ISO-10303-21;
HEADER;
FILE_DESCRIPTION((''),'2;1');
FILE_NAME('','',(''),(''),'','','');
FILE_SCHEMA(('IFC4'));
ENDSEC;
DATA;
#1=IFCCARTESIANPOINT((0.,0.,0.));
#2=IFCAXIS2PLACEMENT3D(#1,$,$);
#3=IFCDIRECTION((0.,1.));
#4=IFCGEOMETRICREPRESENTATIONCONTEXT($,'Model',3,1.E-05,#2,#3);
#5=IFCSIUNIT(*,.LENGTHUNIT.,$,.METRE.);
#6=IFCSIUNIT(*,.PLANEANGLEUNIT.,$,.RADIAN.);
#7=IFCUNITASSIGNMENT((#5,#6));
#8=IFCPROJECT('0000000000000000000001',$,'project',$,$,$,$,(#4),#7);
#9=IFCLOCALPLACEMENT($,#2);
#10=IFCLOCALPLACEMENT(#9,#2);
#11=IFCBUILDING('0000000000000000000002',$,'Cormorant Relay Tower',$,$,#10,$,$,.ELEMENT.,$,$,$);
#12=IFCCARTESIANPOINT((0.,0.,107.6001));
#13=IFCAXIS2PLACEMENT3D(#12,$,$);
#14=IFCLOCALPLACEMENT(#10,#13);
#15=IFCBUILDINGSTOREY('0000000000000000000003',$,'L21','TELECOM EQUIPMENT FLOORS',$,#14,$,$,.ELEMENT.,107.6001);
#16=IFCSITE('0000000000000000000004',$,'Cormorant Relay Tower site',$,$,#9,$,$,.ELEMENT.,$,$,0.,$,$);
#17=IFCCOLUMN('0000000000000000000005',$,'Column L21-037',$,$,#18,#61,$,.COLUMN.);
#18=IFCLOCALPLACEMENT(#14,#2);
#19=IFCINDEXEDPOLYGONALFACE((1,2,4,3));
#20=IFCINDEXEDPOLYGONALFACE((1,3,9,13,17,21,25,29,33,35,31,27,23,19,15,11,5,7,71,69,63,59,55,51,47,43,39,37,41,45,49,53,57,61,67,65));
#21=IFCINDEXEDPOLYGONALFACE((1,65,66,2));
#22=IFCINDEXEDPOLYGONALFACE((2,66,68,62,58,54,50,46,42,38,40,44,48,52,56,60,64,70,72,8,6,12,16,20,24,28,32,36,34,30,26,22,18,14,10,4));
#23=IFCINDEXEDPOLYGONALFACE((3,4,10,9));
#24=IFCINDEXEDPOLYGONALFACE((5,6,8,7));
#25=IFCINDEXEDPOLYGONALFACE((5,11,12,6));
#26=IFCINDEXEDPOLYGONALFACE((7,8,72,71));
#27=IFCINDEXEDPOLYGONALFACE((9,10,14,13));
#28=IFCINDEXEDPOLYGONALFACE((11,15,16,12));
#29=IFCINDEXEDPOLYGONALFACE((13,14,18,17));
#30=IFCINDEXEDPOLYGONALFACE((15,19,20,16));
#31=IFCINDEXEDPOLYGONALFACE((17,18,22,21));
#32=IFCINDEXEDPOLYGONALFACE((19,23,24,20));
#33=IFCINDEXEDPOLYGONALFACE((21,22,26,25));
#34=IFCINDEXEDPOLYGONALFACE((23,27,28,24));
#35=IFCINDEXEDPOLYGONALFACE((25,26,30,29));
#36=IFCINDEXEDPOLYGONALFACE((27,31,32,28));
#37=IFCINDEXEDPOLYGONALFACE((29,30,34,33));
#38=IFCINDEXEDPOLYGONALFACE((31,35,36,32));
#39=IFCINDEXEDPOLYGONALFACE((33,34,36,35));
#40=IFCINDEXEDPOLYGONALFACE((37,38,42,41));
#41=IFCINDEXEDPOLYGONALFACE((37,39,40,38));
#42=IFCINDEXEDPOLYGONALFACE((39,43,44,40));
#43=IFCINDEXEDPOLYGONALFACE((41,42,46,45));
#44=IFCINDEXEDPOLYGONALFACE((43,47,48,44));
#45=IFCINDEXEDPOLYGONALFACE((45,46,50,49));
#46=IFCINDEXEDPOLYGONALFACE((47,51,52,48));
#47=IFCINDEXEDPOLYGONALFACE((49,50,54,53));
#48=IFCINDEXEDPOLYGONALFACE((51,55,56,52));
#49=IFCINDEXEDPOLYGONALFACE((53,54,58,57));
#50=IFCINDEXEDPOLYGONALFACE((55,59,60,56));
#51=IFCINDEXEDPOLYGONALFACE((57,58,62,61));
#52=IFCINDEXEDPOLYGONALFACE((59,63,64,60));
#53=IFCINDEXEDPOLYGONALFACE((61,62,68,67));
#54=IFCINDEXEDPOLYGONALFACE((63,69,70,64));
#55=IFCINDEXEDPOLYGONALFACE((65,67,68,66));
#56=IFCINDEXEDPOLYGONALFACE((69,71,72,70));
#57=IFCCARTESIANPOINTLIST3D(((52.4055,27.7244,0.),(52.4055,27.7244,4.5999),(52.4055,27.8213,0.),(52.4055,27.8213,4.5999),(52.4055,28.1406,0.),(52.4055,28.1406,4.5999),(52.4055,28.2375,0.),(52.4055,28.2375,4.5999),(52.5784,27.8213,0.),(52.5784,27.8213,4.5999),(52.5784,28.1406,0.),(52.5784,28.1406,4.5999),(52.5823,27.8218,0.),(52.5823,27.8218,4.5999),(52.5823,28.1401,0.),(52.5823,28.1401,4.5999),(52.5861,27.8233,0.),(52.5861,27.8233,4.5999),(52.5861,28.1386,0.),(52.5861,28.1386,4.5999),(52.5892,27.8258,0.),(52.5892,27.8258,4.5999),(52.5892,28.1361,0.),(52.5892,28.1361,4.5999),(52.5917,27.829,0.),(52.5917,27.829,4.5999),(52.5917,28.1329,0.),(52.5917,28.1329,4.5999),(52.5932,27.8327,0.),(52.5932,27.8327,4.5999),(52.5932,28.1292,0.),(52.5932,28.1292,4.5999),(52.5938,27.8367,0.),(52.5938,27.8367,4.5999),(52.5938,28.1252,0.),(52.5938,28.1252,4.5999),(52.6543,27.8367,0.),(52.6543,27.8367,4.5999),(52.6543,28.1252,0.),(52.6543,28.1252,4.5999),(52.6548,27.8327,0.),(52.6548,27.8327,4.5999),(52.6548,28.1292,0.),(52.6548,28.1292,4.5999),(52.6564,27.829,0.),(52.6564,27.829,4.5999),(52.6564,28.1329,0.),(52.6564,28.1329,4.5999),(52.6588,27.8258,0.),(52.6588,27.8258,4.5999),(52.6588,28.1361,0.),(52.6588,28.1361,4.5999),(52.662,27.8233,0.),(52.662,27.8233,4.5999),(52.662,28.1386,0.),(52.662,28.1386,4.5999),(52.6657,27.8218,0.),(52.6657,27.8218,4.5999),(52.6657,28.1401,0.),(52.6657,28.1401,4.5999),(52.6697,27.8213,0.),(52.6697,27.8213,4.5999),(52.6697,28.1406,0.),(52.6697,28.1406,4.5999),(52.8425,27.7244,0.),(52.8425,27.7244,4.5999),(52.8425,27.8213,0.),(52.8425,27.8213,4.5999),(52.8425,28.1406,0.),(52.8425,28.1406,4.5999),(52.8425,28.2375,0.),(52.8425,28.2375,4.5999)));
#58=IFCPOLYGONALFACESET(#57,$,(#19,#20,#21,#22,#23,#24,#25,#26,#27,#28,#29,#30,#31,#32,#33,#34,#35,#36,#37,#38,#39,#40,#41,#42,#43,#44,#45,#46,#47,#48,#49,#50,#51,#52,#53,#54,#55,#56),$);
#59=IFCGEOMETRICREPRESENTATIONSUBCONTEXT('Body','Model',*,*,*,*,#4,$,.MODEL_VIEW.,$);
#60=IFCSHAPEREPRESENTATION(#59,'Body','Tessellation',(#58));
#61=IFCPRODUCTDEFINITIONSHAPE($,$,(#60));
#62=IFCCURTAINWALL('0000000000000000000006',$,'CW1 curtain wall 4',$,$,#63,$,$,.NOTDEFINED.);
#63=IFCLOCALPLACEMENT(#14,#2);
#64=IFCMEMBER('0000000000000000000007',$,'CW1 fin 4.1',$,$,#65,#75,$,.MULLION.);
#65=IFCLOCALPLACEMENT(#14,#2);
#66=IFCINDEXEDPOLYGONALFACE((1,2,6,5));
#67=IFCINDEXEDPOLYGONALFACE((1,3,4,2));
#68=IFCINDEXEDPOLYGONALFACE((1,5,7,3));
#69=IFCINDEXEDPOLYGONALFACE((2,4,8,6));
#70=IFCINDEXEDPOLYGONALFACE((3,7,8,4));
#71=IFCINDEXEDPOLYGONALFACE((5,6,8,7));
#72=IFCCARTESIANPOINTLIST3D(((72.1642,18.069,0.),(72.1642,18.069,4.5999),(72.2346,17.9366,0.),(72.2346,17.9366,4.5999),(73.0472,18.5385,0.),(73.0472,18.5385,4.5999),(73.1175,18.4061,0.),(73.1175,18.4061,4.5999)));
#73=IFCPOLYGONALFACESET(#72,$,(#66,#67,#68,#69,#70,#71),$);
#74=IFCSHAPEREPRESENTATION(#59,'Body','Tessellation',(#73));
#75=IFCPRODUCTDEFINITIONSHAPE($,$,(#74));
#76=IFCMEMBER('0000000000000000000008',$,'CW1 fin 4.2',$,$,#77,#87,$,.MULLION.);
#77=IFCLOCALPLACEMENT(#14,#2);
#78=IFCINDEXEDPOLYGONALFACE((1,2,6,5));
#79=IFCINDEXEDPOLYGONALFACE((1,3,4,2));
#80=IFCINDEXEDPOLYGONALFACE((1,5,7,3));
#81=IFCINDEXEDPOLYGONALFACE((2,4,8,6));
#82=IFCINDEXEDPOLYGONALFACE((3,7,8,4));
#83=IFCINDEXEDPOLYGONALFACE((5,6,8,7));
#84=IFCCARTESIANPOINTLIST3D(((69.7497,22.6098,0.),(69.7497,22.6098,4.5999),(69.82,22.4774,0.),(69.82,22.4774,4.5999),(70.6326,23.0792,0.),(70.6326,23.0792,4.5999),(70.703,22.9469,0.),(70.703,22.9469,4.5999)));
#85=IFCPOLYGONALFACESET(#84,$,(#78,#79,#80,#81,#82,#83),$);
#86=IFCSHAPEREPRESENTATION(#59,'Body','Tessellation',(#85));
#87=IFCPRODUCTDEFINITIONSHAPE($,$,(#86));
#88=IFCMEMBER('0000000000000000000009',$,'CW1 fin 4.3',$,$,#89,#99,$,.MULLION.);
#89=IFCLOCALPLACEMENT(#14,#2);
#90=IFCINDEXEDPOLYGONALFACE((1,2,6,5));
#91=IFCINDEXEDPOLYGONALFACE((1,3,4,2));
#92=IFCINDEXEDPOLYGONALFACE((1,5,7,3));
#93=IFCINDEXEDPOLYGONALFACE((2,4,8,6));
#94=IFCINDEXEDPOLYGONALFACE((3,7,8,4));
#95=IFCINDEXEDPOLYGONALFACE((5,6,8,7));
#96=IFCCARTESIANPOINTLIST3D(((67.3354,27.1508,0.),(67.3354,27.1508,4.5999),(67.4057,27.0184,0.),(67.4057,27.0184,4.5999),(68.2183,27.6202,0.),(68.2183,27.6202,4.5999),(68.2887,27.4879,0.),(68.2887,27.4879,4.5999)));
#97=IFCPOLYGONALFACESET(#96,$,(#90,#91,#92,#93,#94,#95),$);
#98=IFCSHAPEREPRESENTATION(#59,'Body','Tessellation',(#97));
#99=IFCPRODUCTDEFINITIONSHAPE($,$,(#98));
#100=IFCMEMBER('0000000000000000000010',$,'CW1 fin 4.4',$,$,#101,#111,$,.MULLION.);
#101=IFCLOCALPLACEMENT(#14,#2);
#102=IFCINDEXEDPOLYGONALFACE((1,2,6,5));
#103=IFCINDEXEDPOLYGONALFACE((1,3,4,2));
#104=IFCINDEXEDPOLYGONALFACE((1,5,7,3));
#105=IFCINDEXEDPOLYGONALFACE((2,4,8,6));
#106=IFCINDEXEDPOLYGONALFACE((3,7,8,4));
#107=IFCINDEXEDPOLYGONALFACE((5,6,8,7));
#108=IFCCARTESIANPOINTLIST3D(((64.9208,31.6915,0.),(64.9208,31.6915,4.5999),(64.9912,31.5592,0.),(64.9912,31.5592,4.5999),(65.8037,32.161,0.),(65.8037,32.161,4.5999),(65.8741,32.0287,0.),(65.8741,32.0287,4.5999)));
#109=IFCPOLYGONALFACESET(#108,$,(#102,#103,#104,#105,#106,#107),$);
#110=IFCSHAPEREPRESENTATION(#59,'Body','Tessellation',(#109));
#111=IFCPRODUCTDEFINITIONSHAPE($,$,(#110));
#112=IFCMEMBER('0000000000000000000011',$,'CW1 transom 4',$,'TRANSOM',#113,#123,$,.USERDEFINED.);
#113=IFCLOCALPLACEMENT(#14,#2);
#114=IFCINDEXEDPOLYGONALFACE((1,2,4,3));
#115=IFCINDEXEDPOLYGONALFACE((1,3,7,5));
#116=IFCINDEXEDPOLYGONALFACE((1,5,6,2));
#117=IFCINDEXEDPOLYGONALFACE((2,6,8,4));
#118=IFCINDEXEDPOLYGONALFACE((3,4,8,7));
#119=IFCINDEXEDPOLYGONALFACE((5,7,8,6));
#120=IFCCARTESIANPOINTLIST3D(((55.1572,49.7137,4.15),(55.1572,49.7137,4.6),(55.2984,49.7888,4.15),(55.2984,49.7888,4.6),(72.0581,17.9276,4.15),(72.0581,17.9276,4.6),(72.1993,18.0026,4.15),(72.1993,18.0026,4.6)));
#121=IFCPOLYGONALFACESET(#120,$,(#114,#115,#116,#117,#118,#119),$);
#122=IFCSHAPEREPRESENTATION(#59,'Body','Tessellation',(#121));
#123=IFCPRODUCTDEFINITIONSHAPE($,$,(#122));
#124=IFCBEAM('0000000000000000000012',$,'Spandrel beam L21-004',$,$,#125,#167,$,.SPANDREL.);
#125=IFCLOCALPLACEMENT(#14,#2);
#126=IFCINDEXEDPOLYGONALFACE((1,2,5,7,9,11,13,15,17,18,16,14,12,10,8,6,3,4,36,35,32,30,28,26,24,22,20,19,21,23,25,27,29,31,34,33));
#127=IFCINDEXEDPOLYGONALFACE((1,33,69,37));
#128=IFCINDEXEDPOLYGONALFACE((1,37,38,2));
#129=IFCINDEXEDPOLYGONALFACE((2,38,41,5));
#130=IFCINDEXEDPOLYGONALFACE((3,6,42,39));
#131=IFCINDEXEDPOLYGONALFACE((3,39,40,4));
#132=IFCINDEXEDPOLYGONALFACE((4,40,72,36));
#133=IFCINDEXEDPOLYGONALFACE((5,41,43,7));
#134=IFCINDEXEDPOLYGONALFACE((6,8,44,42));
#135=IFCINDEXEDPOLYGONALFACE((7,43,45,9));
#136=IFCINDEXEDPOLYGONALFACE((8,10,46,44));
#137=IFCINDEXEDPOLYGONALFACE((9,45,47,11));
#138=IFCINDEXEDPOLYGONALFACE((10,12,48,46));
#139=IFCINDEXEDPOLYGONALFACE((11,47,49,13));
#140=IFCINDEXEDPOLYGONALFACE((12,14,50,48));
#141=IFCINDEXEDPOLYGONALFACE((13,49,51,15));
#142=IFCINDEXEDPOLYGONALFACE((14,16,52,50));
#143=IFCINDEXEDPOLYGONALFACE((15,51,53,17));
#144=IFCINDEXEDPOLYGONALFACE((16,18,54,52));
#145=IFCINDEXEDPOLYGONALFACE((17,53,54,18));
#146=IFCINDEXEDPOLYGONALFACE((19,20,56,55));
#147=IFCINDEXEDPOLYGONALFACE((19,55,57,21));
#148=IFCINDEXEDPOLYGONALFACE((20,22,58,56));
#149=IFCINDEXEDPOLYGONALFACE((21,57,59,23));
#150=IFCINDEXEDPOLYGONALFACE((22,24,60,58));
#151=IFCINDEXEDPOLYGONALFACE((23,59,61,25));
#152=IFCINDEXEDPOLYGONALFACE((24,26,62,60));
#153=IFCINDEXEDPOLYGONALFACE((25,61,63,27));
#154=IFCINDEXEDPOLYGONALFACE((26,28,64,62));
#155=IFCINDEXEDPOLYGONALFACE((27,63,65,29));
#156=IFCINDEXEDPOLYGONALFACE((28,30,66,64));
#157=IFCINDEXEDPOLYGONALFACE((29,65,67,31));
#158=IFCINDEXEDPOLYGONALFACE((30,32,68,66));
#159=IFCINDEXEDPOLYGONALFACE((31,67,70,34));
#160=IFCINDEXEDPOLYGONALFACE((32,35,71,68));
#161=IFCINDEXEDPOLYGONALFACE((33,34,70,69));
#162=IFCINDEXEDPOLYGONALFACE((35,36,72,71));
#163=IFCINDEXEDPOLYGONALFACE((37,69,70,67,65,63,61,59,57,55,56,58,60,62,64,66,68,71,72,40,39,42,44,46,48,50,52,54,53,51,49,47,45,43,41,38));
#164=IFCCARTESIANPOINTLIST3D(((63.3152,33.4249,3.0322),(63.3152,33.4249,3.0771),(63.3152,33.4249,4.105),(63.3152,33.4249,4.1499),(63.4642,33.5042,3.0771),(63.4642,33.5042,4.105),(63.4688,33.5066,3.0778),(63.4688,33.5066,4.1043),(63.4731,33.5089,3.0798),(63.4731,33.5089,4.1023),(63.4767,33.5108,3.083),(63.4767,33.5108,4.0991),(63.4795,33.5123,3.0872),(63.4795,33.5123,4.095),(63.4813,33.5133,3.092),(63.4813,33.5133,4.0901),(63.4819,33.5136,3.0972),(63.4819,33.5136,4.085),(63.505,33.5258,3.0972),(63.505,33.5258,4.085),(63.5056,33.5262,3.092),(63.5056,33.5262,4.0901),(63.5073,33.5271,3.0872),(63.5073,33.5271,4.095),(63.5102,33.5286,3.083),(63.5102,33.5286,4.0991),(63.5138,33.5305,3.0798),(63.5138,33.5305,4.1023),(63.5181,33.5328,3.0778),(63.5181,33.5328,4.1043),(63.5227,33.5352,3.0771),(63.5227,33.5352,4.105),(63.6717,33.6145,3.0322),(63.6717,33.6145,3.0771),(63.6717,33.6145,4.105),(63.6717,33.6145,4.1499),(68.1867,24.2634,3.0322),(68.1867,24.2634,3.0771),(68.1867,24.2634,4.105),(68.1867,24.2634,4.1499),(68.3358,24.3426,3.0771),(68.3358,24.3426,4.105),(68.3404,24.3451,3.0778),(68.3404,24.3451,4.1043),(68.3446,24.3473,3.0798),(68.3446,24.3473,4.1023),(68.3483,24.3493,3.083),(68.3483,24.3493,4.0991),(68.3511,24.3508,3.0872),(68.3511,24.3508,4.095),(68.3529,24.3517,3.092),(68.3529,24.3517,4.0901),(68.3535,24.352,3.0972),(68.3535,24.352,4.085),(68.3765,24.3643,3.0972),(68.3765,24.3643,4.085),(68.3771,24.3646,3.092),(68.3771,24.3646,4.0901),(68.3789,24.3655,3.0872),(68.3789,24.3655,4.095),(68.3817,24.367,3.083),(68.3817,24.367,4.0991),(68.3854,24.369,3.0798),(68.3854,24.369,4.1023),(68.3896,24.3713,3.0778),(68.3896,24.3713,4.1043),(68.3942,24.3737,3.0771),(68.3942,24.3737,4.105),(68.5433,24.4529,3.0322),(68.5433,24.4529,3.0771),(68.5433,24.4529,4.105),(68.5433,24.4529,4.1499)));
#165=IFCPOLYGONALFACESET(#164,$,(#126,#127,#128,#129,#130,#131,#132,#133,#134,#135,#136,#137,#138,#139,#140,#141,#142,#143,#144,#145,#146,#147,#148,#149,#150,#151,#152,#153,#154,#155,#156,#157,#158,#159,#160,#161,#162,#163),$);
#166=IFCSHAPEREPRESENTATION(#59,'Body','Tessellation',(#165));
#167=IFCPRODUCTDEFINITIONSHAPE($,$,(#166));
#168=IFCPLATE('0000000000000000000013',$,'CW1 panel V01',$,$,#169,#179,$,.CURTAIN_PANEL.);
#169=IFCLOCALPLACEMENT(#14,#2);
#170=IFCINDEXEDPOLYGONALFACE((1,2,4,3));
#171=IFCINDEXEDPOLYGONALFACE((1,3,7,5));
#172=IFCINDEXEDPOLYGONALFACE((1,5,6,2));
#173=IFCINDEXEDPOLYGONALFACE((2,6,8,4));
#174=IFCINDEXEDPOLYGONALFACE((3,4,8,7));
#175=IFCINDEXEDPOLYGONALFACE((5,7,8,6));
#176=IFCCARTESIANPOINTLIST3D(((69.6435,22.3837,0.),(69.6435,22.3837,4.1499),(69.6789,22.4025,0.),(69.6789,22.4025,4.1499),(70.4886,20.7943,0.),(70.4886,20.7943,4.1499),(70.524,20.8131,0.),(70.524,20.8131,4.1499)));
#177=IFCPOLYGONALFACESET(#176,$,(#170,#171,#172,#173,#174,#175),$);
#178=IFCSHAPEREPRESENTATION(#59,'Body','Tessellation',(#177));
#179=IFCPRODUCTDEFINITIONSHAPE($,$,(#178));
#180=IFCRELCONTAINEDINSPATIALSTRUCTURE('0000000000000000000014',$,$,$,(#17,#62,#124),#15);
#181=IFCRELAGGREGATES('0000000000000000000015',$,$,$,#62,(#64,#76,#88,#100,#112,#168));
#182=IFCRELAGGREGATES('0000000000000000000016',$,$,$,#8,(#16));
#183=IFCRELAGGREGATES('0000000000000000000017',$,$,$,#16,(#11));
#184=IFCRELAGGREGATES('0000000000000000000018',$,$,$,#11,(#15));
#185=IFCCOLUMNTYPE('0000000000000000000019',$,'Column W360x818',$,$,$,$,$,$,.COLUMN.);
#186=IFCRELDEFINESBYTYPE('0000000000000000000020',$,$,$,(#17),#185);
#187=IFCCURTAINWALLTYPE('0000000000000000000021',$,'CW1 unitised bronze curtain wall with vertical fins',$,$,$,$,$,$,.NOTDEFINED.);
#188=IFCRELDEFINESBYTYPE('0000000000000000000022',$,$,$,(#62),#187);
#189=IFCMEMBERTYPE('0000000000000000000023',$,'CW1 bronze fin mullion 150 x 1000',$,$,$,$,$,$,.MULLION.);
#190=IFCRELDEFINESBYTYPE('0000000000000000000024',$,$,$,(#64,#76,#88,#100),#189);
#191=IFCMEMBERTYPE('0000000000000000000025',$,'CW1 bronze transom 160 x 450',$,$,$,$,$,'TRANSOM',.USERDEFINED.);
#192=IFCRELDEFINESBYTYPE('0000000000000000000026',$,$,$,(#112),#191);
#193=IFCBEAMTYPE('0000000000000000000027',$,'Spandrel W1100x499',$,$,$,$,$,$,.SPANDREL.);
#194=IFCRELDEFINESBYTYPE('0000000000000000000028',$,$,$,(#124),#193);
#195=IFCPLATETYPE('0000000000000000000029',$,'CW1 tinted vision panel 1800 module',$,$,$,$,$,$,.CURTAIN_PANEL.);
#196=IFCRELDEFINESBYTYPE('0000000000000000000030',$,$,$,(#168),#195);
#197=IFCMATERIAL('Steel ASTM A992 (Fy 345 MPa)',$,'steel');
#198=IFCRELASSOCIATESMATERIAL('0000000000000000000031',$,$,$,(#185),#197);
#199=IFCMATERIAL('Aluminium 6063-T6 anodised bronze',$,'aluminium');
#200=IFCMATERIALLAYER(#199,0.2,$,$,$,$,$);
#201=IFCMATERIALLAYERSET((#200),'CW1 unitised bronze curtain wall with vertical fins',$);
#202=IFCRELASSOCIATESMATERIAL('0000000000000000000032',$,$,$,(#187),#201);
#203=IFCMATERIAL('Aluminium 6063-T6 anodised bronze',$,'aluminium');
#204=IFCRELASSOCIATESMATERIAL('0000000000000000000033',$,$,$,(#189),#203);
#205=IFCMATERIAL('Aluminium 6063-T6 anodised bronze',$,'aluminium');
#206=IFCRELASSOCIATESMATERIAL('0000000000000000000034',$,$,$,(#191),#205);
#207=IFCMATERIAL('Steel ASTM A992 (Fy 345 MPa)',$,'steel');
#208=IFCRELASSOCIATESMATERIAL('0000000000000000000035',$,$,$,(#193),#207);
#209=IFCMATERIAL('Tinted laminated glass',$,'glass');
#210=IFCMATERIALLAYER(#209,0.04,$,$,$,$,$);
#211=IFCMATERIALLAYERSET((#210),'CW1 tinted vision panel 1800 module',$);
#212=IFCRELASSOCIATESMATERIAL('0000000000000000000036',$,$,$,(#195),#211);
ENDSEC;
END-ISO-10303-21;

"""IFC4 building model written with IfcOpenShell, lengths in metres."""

from ifc_helpers import new_model, si_unit, direction, frame, origin, origin_2d, place, context, subcontext, project, spatial, rectangle, i_section, extrude, material, layer, layer_set, material_profile, profile_set, type_object, element, aggregate, save


model = new_model("IFC4")

# Units and contexts
model_context = context("Model", 3, precision=1e-05, world=origin(), true_north=direction((0.0, 1.0)))
body_context = subcontext(model_context, "Body", "Model", "MODEL_VIEW")
ifc_project = project(units=[si_unit("LENGTHUNIT", "METRE"), si_unit("PLANEANGLEUNIT", "RADIAN")], contexts=[model_context])

# Site, building, storey
site_placement = place(None, origin())
site = spatial("IfcSite", under=ifc_project, at=site_placement, Name="Cormorant Relay Tower site", CompositionType="ELEMENT", RefElevation=0.0)
building_placement = place(site_placement, origin())
building = spatial("IfcBuilding", under=site, at=building_placement, Name="Cormorant Relay Tower", CompositionType="ELEMENT")
storey_placement = place(building_placement, frame((0.0, 0.0, 107.6001)))
storey = spatial("IfcBuildingStorey", under=building, at=storey_placement, Name="L21", Description="TELECOM EQUIPMENT FLOORS", CompositionType="ELEMENT", Elevation=107.6001)

# Column
ifc_material_1 = material(Name="Steel ASTM A992 (Fy 345 MPa)", Category="steel")
ifc_material_profile_1 = material_profile(ifc_material_1, i_section(OverallWidth=0.437, OverallDepth=0.5132, WebThickness=0.0605, FlangeThickness=0.0969, FilletRadius=0.0154, at=origin_2d()), Name="W360x818")
ifc_profile_set_1 = profile_set([ifc_material_profile_1], Name="Steel ASTM A992 (Fy 345 MPa)")
column_type_1 = type_object("IfcColumnType", Name="Column W360x818", PredefinedType="COLUMN", material=ifc_profile_set_1)
for number, where, z_axis, x_axis, name in (
    (1, (52.624, 27.981, 0.0), (0.0, 0.0, 1.0), (1.0, 0.0, 0.0), "Column L21-037"),
):
    element("IfcColumn", number, at=place(storey_placement, frame(where, z_axis=z_axis, x_axis=x_axis)), inside=storey, type_object=column_type_1, Name=name, PredefinedType="COLUMN", context=body_context, shape_type="SweptSolid", body=[
        extrude(i_section(OverallWidth=0.437, OverallDepth=0.5132, WebThickness=0.0605, FlangeThickness=0.0969, FilletRadius=0.0154, at=origin_2d()), origin(), (0.0, 0.0, 1.0), 4.5999),
    ])

# Curtain wall, members
ifc_material_2 = material(Name="Aluminium 6063-T6 anodised bronze", Category="aluminium")
ifc_layer_1 = layer(ifc_material_2, 0.2)
ifc_layer_set_1 = layer_set([ifc_layer_1], Name="CW1 unitised bronze curtain wall with vertical fins")
curtain_wall_type = type_object("IfcCurtainWallType", Name="CW1 unitised bronze curtain wall with vertical fins", PredefinedType="NOTDEFINED", material=ifc_layer_set_1)
curtain_wall_placement = place(storey_placement, origin())
curtain_wall = element("IfcCurtainWall", 2, at=curtain_wall_placement, inside=storey, type_object=curtain_wall_type, Name="CW1 curtain wall 4", PredefinedType="NOTDEFINED")
ifc_material_3 = material(Name="Aluminium 6063-T6 anodised bronze", Category="aluminium")
ifc_material_profile_2 = material_profile(ifc_material_3, rectangle(XDim=0.1499, YDim=1.0, at=origin_2d()), Name="AL 150x1000")
ifc_profile_set_2 = profile_set([ifc_material_profile_2], Name="Aluminium 6063-T6 anodised bronze")
member_type_1 = type_object("IfcMemberType", Name="CW1 bronze fin mullion 150 x 1000", PredefinedType="MULLION", material=ifc_profile_set_2)
member_1_placement = place(storey_placement, frame((72.6409, 18.2375, 0.0), z_axis=(0.0, 0.0, 1.0), x_axis=(-0.469472, 0.882948, 0.0)))
member_1 = element("IfcMember", 3, at=member_1_placement, type_object=member_type_1, Name="CW1 fin 4.1", PredefinedType="MULLION", context=body_context, shape_type="SweptSolid", body=[
    extrude(rectangle(XDim=0.1499, YDim=1.0, at=origin_2d()), origin(), (0.0, 0.0, 1.0), 4.5999),
])
member_2_placement = place(storey_placement, frame((70.2263, 22.7783, 0.0), z_axis=(0.0, 0.0, 1.0), x_axis=(-0.469472, 0.882948, 0.0)))
member_2 = element("IfcMember", 4, at=member_2_placement, type_object=member_type_1, Name="CW1 fin 4.2", PredefinedType="MULLION", context=body_context, shape_type="SweptSolid", body=[
    extrude(rectangle(XDim=0.1499, YDim=1.0, at=origin_2d()), origin(), (0.0, 0.0, 1.0), 4.5999),
])
member_3_placement = place(storey_placement, frame((67.812, 27.3193, 0.0), z_axis=(0.0, 0.0, 1.0), x_axis=(-0.469472, 0.882948, 0.0)))
member_3 = element("IfcMember", 5, at=member_3_placement, type_object=member_type_1, Name="CW1 fin 4.3", PredefinedType="MULLION", context=body_context, shape_type="SweptSolid", body=[
    extrude(rectangle(XDim=0.1499, YDim=1.0, at=origin_2d()), origin(), (0.0, 0.0, 1.0), 4.5999),
])
member_4_placement = place(storey_placement, frame((65.3975, 31.8601, 0.0), z_axis=(0.0, 0.0, 1.0), x_axis=(-0.469472, 0.882948, 0.0)))
member_4 = element("IfcMember", 6, at=member_4_placement, type_object=member_type_1, Name="CW1 fin 4.4", PredefinedType="MULLION", context=body_context, shape_type="SweptSolid", body=[
    extrude(rectangle(XDim=0.1499, YDim=1.0, at=origin_2d()), origin(), (0.0, 0.0, 1.0), 4.5999),
])
ifc_material_4 = material(Name="Aluminium 6063-T6 anodised bronze", Category="aluminium")
ifc_material_profile_3 = material_profile(ifc_material_4, rectangle(XDim=0.1599, YDim=0.45, at=origin_2d()), Name="AL 160x450")
ifc_profile_set_3 = profile_set([ifc_material_profile_3], Name="Aluminium 6063-T6 anodised bronze")
member_type_2 = type_object("IfcMemberType", Name="CW1 bronze transom 160 x 450", ElementType="TRANSOM", PredefinedType="USERDEFINED", material=ifc_profile_set_3)
member_5_placement = place(storey_placement, frame((72.1287, 17.9651, 4.375), z_axis=(-0.469469, 0.882949, 0.0), x_axis=(-0.882949, -0.469469, 0.0)))
member_5 = element("IfcMember", 7, at=member_5_placement, type_object=member_type_2, Name="CW1 transom 4", ObjectType="TRANSOM", PredefinedType="USERDEFINED", context=body_context, shape_type="SweptSolid", body=[
    extrude(rectangle(XDim=0.1599, YDim=0.45, at=origin_2d()), origin(), (0.0, 0.0, 1.0), 36.0),
])

# Beam
ifc_material_5 = material(Name="Steel ASTM A992 (Fy 345 MPa)", Category="steel")
ifc_material_profile_4 = material_profile(ifc_material_5, i_section(OverallWidth=0.4038, OverallDepth=1.1177, WebThickness=0.0261, FlangeThickness=0.0449, FilletRadius=0.02, at=origin_2d()), Name="W1100x499")
ifc_profile_set_4 = profile_set([ifc_material_profile_4], Name="Steel ASTM A992 (Fy 345 MPa)")
beam_type = type_object("IfcBeamType", Name="Spandrel W1100x499", PredefinedType="SPANDREL", material=ifc_profile_set_4)
beam_placement = place(storey_placement, frame((68.365, 24.3582, 3.5911), z_axis=(-0.469491, 0.882937, 0.0), x_axis=(-0.882937, -0.469491, 0.0)))
element("IfcBeam", 8, at=beam_placement, inside=storey, type_object=beam_type, Name="Spandrel beam L21-004", PredefinedType="SPANDREL", context=body_context, shape_type="SweptSolid", body=[
    extrude(i_section(OverallWidth=0.4038, OverallDepth=1.1177, WebThickness=0.0261, FlangeThickness=0.0449, FilletRadius=0.02, at=origin_2d()), origin(), (0.0, 0.0, 1.0), 10.3762),
])

# Plate
ifc_material_6 = material(Name="Tinted laminated glass", Category="glass")
ifc_layer_2 = layer(ifc_material_6, 0.04)
ifc_layer_set_2 = layer_set([ifc_layer_2], Name="CW1 tinted vision panel 1800 module")
plate_type_1 = type_object("IfcPlateType", Name="CW1 tinted vision panel 1800 module", PredefinedType="CURTAIN_PANEL", material=ifc_layer_set_2)
plate_1_placement = place(storey_placement, frame((70.0837, 21.5984, 0.0), z_axis=(0.0, 0.0, 1.0), x_axis=(-0.469472, 0.882948, 0.0)))
plate_1 = element("IfcPlate", 9, at=plate_1_placement, type_object=plate_type_1, Name="CW1 panel V01", PredefinedType="CURTAIN_PANEL", context=body_context, shape_type="SweptSolid", body=[
    extrude(rectangle(XDim=1.8, YDim=0.04, at=origin_2d()), origin(), (0.0, 0.0, 1.0), 4.1499),
])

aggregate(curtain_wall, [member_1, member_2, member_3, member_4, member_5, plate_1])

save(model, "model.ifc")
